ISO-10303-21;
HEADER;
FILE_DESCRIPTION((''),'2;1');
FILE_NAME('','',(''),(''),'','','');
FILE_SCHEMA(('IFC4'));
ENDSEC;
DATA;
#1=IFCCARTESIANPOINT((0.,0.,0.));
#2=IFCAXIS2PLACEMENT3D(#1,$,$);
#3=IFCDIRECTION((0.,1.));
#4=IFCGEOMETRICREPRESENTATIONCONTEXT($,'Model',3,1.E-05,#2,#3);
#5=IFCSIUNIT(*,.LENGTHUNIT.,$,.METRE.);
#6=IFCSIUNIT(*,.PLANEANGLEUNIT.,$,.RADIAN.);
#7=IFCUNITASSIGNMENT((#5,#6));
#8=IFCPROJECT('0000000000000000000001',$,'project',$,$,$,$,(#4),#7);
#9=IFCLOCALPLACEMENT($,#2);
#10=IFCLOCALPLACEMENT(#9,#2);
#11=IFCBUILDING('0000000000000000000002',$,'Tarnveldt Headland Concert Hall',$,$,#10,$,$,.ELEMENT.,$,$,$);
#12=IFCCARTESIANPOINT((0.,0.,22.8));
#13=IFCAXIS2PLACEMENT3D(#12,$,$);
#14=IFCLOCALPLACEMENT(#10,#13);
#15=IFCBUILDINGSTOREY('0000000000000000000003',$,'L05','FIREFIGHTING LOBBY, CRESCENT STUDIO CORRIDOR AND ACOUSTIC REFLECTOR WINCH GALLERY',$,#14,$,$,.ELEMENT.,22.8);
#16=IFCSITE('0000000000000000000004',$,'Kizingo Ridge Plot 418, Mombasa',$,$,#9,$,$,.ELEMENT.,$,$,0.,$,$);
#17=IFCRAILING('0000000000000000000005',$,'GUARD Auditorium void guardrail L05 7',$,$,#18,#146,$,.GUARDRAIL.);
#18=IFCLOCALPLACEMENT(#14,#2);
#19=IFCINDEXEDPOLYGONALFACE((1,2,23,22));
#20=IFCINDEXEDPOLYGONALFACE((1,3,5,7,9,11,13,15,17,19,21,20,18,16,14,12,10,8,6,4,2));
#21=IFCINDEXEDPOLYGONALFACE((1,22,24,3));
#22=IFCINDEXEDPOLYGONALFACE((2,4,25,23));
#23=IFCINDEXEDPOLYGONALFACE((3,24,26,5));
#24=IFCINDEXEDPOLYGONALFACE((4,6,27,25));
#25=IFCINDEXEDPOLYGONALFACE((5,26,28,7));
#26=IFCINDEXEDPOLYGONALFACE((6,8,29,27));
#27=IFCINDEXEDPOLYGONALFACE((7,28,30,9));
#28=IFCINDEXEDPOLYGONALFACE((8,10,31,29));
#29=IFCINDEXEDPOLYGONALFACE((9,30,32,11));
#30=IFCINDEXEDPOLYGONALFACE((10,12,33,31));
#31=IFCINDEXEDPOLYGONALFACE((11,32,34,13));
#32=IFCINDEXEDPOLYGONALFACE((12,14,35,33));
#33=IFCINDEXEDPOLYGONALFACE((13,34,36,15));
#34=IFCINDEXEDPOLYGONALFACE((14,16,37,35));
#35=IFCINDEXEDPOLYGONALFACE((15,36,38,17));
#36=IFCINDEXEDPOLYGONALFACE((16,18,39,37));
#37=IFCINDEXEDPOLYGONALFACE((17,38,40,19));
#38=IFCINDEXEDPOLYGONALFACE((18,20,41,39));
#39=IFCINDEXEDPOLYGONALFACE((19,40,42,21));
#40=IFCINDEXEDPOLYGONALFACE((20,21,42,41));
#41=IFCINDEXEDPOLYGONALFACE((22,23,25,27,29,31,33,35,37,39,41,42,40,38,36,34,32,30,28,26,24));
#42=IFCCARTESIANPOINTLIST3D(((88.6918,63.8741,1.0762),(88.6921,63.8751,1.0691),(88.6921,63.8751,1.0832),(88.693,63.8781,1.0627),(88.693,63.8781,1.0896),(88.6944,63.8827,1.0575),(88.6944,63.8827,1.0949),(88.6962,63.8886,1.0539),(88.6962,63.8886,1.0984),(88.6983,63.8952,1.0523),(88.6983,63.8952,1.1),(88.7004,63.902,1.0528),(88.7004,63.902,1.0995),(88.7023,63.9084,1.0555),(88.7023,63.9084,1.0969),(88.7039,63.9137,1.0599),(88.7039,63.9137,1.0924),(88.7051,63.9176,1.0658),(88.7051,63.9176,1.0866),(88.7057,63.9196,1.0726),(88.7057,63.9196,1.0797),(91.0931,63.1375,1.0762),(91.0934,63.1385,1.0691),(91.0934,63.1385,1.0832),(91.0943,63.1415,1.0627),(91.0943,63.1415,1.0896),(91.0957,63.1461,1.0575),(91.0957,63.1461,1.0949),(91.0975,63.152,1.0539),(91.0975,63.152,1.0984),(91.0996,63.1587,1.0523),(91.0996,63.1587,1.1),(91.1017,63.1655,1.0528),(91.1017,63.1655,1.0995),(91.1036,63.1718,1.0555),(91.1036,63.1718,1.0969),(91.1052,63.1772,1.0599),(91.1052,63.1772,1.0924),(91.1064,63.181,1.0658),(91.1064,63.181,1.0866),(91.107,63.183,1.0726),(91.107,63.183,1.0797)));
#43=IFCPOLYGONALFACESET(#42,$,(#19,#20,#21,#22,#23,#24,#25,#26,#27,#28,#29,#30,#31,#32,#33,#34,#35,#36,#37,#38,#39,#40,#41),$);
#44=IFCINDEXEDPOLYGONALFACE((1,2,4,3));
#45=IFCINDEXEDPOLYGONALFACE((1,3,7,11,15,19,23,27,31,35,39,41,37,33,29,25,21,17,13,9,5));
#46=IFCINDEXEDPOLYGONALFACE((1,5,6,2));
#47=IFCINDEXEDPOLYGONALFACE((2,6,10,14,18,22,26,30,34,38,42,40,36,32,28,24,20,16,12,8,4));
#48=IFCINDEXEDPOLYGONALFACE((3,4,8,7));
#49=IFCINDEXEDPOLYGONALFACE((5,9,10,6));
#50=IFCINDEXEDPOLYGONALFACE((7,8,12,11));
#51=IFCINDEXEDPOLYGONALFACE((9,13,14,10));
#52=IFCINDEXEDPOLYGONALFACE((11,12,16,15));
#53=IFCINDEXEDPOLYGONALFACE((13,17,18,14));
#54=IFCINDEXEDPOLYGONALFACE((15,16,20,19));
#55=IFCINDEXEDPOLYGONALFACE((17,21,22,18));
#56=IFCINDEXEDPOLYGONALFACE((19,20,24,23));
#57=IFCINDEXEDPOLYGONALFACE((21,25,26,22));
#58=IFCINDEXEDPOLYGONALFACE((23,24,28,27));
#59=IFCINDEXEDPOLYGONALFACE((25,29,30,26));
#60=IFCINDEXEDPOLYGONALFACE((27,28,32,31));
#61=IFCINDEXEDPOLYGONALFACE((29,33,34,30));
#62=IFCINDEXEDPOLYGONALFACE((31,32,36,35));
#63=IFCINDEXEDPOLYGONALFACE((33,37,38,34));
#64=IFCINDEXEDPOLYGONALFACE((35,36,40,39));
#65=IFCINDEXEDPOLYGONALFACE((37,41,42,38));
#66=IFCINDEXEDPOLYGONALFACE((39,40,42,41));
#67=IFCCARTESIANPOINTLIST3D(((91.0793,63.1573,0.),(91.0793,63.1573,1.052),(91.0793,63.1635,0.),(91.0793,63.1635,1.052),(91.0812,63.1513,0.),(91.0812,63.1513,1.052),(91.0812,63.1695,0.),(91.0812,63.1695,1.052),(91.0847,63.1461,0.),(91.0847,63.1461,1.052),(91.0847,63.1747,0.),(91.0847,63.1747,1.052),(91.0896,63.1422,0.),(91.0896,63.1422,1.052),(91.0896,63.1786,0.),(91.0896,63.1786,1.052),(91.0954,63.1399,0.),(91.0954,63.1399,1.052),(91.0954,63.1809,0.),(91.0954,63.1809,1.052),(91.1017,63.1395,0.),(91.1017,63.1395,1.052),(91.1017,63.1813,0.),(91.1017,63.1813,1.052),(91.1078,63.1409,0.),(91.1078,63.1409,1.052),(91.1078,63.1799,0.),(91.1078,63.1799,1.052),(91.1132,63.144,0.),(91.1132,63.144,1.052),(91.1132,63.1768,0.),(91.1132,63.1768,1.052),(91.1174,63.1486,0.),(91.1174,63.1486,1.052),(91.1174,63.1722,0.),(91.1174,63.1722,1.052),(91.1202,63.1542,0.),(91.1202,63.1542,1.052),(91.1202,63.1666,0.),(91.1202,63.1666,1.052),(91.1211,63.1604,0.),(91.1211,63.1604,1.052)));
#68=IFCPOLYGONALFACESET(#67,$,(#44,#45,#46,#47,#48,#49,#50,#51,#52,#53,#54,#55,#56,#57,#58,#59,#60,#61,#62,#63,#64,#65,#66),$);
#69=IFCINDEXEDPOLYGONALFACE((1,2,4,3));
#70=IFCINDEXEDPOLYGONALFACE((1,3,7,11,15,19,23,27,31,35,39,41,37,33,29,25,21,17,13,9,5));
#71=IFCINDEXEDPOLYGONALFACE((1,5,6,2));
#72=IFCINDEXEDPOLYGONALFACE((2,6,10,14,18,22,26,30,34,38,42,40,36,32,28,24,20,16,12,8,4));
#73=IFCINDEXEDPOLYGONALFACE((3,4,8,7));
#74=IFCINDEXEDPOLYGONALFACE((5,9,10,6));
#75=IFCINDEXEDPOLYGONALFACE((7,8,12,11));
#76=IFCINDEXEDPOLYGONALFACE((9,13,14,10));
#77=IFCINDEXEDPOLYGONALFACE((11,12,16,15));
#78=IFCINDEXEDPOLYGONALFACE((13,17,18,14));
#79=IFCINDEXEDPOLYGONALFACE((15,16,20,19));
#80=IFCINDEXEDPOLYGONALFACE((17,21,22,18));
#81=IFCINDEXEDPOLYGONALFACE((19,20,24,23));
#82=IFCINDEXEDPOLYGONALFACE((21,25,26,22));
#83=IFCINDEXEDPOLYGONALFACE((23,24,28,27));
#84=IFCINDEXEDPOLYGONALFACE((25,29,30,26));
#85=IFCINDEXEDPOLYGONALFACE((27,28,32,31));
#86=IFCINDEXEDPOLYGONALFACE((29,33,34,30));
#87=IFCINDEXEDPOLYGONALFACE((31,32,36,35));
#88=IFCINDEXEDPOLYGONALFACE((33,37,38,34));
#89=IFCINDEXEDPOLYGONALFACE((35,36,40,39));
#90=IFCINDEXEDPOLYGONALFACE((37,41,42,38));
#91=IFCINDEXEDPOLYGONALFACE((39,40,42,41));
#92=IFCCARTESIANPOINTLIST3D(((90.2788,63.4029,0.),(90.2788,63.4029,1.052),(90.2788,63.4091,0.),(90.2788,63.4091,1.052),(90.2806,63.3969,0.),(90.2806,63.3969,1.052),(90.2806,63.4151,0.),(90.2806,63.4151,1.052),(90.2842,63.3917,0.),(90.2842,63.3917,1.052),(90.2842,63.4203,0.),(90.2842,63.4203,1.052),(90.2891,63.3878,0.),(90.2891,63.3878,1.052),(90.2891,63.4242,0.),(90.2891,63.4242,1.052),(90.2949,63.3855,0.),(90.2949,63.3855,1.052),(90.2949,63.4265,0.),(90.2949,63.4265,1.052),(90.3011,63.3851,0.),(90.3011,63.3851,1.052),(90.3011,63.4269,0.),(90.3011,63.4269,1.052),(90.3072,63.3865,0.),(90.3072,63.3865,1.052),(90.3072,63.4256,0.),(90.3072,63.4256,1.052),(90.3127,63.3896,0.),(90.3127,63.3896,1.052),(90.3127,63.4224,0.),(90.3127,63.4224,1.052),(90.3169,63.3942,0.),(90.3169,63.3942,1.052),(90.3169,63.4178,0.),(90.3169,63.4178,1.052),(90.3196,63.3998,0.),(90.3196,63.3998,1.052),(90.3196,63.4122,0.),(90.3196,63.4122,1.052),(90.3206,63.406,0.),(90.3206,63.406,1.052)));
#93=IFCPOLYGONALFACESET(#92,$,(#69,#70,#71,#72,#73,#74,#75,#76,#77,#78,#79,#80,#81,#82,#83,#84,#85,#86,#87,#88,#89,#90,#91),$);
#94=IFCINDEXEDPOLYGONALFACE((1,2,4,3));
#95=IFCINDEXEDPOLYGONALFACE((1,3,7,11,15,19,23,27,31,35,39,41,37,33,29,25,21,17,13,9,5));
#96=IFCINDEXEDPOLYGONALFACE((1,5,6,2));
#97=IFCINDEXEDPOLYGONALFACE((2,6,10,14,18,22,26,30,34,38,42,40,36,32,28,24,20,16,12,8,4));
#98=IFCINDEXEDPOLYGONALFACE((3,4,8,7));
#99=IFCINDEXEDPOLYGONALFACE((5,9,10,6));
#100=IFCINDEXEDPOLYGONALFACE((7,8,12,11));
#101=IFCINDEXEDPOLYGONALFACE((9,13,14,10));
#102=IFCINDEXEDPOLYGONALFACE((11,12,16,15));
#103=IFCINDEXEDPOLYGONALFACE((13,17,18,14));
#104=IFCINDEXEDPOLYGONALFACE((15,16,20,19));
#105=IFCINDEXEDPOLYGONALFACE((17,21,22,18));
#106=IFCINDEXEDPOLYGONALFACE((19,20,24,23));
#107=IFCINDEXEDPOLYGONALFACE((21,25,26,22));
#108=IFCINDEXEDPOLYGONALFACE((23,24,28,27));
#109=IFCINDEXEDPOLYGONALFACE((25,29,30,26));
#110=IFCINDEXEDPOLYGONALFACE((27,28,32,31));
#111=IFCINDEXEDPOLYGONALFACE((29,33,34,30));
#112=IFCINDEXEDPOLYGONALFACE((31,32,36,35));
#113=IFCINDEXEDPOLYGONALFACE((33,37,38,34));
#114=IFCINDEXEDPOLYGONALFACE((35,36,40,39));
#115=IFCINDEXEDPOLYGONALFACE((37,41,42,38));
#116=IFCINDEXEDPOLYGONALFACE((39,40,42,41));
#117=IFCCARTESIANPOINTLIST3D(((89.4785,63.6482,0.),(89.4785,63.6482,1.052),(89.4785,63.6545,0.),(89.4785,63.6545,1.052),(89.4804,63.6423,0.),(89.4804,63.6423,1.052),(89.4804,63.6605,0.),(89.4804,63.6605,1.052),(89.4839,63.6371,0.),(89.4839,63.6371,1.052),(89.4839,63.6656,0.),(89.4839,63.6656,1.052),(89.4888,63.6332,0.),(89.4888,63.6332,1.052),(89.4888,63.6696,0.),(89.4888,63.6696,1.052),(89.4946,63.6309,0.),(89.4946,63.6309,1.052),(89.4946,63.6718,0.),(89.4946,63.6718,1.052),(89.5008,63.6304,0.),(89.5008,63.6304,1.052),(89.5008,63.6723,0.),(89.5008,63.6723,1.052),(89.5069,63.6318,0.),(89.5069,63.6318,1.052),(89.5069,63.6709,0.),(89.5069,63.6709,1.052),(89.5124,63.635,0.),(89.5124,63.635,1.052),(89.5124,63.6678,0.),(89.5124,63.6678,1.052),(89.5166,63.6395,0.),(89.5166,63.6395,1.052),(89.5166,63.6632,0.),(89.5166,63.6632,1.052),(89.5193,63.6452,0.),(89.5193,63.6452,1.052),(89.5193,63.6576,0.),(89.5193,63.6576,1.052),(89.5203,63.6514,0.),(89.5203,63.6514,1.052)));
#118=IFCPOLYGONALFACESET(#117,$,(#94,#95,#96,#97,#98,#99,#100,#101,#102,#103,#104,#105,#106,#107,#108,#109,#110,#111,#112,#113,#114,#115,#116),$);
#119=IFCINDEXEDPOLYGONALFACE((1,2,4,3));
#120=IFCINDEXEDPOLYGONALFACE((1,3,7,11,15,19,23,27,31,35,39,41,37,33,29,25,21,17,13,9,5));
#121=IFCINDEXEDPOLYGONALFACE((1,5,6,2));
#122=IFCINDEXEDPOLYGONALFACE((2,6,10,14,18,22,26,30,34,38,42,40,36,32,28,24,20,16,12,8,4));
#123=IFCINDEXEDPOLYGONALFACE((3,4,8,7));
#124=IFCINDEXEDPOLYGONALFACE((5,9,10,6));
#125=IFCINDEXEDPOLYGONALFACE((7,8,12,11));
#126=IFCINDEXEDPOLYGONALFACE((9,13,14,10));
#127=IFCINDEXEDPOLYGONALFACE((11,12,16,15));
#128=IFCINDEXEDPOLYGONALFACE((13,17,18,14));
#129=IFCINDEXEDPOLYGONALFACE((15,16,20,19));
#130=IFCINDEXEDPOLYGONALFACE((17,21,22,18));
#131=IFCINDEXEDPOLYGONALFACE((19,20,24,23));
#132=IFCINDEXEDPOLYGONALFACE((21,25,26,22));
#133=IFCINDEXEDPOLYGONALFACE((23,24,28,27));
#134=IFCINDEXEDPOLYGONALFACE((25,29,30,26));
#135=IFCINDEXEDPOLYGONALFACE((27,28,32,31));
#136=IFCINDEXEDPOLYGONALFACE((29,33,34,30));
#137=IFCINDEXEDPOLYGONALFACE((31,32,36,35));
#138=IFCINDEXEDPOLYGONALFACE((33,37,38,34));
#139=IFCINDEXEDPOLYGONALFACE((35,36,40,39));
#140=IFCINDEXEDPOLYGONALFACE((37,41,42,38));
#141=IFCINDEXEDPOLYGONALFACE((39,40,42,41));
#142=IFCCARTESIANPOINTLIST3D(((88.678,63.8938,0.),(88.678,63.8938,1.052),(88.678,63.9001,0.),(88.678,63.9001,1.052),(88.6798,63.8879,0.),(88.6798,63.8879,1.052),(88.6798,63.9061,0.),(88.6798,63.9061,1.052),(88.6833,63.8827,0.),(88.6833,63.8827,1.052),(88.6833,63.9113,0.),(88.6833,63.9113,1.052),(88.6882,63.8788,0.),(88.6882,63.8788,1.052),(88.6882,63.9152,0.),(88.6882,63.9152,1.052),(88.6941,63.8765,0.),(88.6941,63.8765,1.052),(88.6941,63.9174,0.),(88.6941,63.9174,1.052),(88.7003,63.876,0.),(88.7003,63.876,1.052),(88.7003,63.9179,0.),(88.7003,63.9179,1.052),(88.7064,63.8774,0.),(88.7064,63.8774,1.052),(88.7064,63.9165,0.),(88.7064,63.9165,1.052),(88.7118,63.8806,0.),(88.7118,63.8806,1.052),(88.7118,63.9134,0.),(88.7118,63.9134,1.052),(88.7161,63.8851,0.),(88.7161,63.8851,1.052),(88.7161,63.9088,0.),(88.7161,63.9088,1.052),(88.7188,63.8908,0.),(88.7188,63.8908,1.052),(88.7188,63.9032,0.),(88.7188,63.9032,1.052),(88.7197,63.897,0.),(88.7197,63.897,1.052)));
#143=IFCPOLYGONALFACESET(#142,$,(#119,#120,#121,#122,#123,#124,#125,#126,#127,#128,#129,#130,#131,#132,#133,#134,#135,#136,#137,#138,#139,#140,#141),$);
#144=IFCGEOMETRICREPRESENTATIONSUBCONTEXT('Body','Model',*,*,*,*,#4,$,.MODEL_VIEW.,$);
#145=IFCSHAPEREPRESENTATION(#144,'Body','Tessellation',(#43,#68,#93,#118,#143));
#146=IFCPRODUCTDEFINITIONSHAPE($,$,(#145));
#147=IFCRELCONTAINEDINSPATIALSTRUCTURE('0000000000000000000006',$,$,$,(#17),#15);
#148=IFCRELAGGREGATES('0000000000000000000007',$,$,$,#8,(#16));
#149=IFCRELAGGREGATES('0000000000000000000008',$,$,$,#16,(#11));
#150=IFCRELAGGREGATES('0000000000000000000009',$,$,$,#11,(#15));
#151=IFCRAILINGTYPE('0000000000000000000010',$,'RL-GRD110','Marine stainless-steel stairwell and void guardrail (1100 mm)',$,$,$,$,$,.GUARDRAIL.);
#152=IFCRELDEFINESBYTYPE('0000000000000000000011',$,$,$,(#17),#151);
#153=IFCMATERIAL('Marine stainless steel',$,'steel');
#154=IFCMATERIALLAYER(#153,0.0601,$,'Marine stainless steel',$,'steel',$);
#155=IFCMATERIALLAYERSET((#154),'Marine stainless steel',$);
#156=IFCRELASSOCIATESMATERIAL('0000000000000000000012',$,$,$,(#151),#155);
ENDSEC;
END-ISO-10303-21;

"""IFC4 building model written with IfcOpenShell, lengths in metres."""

from ifc_helpers import new_model, si_unit, direction, frame, origin, origin_2d, place, context, subcontext, project, spatial, circle, extrude, material, layer, layer_set, type_object, element, save


model = new_model("IFC4")

# Units and contexts
model_context = context("Model", 3, precision=1e-05, world=origin(), true_north=direction((0.0, 1.0)))
body_context = subcontext(model_context, "Body", "Model", "MODEL_VIEW")
ifc_project = project(units=[si_unit("LENGTHUNIT", "METRE"), si_unit("PLANEANGLEUNIT", "RADIAN")], contexts=[model_context])

# Site, building, storey
site_placement = place(None, origin())
site = spatial("IfcSite", under=ifc_project, at=site_placement, Name="Kizingo Ridge Plot 418, Mombasa", CompositionType="ELEMENT", RefElevation=0.0)
building_placement = place(site_placement, origin())
building = spatial("IfcBuilding", under=site, at=building_placement, Name="Tarnveldt Headland Concert Hall", CompositionType="ELEMENT")
storey_placement = place(building_placement, frame((0.0, 0.0, 22.8)))
storey = spatial("IfcBuildingStorey", under=building, at=storey_placement, Name="L05", Description="FIREFIGHTING LOBBY, CRESCENT STUDIO CORRIDOR AND ACOUSTIC REFLECTOR WINCH GALLERY", CompositionType="ELEMENT", Elevation=22.8)

# Railing
ifc_material_1 = material(Name="Marine stainless steel", Category="steel")
ifc_layer_1 = layer(ifc_material_1, 0.0601, Name="Marine stainless steel", Category="steel")
ifc_layer_set_1 = layer_set([ifc_layer_1], Name="Marine stainless steel")
railing_type = type_object("IfcRailingType", Name="RL-GRD110", Description="Marine stainless-steel stairwell and void guardrail (1100 mm)", PredefinedType="GUARDRAIL", material=ifc_layer_set_1)
railing_1_placement = place(storey_placement, frame((91.1001, 63.1604, 0.0)))
element("IfcRailing", 1, at=railing_1_placement, inside=storey, type_object=railing_type, Name="GUARD Auditorium void guardrail L05 7", PredefinedType="GUARDRAIL", context=body_context, shape_type="SweptSolid", body=[
    extrude(circle(Radius=0.0239, at=origin_2d()), frame((0.0, 0.0, 1.0762), z_axis=(-0.956037, 0.293246, 0.0), x_axis=(-0.293246, -0.956037, 0.0)), (0.0, 0.0, 1.0), 2.5117),
    extrude(circle(Radius=0.021, at=origin_2d()), origin(), (0.0, 0.0, 1.0), 1.052),
    extrude(circle(Radius=0.021, at=origin_2d()), frame((-0.8005, 0.2456, 0.0)), (0.0, 0.0, 1.0), 1.052),
    extrude(circle(Radius=0.021, at=origin_2d()), frame((-1.6008, 0.491, 0.0)), (0.0, 0.0, 1.0), 1.052),
    extrude(circle(Radius=0.021, at=origin_2d()), frame((-2.4014, 0.7366, 0.0)), (0.0, 0.0, 1.0), 1.052),
])

save(model, "model.ifc")
